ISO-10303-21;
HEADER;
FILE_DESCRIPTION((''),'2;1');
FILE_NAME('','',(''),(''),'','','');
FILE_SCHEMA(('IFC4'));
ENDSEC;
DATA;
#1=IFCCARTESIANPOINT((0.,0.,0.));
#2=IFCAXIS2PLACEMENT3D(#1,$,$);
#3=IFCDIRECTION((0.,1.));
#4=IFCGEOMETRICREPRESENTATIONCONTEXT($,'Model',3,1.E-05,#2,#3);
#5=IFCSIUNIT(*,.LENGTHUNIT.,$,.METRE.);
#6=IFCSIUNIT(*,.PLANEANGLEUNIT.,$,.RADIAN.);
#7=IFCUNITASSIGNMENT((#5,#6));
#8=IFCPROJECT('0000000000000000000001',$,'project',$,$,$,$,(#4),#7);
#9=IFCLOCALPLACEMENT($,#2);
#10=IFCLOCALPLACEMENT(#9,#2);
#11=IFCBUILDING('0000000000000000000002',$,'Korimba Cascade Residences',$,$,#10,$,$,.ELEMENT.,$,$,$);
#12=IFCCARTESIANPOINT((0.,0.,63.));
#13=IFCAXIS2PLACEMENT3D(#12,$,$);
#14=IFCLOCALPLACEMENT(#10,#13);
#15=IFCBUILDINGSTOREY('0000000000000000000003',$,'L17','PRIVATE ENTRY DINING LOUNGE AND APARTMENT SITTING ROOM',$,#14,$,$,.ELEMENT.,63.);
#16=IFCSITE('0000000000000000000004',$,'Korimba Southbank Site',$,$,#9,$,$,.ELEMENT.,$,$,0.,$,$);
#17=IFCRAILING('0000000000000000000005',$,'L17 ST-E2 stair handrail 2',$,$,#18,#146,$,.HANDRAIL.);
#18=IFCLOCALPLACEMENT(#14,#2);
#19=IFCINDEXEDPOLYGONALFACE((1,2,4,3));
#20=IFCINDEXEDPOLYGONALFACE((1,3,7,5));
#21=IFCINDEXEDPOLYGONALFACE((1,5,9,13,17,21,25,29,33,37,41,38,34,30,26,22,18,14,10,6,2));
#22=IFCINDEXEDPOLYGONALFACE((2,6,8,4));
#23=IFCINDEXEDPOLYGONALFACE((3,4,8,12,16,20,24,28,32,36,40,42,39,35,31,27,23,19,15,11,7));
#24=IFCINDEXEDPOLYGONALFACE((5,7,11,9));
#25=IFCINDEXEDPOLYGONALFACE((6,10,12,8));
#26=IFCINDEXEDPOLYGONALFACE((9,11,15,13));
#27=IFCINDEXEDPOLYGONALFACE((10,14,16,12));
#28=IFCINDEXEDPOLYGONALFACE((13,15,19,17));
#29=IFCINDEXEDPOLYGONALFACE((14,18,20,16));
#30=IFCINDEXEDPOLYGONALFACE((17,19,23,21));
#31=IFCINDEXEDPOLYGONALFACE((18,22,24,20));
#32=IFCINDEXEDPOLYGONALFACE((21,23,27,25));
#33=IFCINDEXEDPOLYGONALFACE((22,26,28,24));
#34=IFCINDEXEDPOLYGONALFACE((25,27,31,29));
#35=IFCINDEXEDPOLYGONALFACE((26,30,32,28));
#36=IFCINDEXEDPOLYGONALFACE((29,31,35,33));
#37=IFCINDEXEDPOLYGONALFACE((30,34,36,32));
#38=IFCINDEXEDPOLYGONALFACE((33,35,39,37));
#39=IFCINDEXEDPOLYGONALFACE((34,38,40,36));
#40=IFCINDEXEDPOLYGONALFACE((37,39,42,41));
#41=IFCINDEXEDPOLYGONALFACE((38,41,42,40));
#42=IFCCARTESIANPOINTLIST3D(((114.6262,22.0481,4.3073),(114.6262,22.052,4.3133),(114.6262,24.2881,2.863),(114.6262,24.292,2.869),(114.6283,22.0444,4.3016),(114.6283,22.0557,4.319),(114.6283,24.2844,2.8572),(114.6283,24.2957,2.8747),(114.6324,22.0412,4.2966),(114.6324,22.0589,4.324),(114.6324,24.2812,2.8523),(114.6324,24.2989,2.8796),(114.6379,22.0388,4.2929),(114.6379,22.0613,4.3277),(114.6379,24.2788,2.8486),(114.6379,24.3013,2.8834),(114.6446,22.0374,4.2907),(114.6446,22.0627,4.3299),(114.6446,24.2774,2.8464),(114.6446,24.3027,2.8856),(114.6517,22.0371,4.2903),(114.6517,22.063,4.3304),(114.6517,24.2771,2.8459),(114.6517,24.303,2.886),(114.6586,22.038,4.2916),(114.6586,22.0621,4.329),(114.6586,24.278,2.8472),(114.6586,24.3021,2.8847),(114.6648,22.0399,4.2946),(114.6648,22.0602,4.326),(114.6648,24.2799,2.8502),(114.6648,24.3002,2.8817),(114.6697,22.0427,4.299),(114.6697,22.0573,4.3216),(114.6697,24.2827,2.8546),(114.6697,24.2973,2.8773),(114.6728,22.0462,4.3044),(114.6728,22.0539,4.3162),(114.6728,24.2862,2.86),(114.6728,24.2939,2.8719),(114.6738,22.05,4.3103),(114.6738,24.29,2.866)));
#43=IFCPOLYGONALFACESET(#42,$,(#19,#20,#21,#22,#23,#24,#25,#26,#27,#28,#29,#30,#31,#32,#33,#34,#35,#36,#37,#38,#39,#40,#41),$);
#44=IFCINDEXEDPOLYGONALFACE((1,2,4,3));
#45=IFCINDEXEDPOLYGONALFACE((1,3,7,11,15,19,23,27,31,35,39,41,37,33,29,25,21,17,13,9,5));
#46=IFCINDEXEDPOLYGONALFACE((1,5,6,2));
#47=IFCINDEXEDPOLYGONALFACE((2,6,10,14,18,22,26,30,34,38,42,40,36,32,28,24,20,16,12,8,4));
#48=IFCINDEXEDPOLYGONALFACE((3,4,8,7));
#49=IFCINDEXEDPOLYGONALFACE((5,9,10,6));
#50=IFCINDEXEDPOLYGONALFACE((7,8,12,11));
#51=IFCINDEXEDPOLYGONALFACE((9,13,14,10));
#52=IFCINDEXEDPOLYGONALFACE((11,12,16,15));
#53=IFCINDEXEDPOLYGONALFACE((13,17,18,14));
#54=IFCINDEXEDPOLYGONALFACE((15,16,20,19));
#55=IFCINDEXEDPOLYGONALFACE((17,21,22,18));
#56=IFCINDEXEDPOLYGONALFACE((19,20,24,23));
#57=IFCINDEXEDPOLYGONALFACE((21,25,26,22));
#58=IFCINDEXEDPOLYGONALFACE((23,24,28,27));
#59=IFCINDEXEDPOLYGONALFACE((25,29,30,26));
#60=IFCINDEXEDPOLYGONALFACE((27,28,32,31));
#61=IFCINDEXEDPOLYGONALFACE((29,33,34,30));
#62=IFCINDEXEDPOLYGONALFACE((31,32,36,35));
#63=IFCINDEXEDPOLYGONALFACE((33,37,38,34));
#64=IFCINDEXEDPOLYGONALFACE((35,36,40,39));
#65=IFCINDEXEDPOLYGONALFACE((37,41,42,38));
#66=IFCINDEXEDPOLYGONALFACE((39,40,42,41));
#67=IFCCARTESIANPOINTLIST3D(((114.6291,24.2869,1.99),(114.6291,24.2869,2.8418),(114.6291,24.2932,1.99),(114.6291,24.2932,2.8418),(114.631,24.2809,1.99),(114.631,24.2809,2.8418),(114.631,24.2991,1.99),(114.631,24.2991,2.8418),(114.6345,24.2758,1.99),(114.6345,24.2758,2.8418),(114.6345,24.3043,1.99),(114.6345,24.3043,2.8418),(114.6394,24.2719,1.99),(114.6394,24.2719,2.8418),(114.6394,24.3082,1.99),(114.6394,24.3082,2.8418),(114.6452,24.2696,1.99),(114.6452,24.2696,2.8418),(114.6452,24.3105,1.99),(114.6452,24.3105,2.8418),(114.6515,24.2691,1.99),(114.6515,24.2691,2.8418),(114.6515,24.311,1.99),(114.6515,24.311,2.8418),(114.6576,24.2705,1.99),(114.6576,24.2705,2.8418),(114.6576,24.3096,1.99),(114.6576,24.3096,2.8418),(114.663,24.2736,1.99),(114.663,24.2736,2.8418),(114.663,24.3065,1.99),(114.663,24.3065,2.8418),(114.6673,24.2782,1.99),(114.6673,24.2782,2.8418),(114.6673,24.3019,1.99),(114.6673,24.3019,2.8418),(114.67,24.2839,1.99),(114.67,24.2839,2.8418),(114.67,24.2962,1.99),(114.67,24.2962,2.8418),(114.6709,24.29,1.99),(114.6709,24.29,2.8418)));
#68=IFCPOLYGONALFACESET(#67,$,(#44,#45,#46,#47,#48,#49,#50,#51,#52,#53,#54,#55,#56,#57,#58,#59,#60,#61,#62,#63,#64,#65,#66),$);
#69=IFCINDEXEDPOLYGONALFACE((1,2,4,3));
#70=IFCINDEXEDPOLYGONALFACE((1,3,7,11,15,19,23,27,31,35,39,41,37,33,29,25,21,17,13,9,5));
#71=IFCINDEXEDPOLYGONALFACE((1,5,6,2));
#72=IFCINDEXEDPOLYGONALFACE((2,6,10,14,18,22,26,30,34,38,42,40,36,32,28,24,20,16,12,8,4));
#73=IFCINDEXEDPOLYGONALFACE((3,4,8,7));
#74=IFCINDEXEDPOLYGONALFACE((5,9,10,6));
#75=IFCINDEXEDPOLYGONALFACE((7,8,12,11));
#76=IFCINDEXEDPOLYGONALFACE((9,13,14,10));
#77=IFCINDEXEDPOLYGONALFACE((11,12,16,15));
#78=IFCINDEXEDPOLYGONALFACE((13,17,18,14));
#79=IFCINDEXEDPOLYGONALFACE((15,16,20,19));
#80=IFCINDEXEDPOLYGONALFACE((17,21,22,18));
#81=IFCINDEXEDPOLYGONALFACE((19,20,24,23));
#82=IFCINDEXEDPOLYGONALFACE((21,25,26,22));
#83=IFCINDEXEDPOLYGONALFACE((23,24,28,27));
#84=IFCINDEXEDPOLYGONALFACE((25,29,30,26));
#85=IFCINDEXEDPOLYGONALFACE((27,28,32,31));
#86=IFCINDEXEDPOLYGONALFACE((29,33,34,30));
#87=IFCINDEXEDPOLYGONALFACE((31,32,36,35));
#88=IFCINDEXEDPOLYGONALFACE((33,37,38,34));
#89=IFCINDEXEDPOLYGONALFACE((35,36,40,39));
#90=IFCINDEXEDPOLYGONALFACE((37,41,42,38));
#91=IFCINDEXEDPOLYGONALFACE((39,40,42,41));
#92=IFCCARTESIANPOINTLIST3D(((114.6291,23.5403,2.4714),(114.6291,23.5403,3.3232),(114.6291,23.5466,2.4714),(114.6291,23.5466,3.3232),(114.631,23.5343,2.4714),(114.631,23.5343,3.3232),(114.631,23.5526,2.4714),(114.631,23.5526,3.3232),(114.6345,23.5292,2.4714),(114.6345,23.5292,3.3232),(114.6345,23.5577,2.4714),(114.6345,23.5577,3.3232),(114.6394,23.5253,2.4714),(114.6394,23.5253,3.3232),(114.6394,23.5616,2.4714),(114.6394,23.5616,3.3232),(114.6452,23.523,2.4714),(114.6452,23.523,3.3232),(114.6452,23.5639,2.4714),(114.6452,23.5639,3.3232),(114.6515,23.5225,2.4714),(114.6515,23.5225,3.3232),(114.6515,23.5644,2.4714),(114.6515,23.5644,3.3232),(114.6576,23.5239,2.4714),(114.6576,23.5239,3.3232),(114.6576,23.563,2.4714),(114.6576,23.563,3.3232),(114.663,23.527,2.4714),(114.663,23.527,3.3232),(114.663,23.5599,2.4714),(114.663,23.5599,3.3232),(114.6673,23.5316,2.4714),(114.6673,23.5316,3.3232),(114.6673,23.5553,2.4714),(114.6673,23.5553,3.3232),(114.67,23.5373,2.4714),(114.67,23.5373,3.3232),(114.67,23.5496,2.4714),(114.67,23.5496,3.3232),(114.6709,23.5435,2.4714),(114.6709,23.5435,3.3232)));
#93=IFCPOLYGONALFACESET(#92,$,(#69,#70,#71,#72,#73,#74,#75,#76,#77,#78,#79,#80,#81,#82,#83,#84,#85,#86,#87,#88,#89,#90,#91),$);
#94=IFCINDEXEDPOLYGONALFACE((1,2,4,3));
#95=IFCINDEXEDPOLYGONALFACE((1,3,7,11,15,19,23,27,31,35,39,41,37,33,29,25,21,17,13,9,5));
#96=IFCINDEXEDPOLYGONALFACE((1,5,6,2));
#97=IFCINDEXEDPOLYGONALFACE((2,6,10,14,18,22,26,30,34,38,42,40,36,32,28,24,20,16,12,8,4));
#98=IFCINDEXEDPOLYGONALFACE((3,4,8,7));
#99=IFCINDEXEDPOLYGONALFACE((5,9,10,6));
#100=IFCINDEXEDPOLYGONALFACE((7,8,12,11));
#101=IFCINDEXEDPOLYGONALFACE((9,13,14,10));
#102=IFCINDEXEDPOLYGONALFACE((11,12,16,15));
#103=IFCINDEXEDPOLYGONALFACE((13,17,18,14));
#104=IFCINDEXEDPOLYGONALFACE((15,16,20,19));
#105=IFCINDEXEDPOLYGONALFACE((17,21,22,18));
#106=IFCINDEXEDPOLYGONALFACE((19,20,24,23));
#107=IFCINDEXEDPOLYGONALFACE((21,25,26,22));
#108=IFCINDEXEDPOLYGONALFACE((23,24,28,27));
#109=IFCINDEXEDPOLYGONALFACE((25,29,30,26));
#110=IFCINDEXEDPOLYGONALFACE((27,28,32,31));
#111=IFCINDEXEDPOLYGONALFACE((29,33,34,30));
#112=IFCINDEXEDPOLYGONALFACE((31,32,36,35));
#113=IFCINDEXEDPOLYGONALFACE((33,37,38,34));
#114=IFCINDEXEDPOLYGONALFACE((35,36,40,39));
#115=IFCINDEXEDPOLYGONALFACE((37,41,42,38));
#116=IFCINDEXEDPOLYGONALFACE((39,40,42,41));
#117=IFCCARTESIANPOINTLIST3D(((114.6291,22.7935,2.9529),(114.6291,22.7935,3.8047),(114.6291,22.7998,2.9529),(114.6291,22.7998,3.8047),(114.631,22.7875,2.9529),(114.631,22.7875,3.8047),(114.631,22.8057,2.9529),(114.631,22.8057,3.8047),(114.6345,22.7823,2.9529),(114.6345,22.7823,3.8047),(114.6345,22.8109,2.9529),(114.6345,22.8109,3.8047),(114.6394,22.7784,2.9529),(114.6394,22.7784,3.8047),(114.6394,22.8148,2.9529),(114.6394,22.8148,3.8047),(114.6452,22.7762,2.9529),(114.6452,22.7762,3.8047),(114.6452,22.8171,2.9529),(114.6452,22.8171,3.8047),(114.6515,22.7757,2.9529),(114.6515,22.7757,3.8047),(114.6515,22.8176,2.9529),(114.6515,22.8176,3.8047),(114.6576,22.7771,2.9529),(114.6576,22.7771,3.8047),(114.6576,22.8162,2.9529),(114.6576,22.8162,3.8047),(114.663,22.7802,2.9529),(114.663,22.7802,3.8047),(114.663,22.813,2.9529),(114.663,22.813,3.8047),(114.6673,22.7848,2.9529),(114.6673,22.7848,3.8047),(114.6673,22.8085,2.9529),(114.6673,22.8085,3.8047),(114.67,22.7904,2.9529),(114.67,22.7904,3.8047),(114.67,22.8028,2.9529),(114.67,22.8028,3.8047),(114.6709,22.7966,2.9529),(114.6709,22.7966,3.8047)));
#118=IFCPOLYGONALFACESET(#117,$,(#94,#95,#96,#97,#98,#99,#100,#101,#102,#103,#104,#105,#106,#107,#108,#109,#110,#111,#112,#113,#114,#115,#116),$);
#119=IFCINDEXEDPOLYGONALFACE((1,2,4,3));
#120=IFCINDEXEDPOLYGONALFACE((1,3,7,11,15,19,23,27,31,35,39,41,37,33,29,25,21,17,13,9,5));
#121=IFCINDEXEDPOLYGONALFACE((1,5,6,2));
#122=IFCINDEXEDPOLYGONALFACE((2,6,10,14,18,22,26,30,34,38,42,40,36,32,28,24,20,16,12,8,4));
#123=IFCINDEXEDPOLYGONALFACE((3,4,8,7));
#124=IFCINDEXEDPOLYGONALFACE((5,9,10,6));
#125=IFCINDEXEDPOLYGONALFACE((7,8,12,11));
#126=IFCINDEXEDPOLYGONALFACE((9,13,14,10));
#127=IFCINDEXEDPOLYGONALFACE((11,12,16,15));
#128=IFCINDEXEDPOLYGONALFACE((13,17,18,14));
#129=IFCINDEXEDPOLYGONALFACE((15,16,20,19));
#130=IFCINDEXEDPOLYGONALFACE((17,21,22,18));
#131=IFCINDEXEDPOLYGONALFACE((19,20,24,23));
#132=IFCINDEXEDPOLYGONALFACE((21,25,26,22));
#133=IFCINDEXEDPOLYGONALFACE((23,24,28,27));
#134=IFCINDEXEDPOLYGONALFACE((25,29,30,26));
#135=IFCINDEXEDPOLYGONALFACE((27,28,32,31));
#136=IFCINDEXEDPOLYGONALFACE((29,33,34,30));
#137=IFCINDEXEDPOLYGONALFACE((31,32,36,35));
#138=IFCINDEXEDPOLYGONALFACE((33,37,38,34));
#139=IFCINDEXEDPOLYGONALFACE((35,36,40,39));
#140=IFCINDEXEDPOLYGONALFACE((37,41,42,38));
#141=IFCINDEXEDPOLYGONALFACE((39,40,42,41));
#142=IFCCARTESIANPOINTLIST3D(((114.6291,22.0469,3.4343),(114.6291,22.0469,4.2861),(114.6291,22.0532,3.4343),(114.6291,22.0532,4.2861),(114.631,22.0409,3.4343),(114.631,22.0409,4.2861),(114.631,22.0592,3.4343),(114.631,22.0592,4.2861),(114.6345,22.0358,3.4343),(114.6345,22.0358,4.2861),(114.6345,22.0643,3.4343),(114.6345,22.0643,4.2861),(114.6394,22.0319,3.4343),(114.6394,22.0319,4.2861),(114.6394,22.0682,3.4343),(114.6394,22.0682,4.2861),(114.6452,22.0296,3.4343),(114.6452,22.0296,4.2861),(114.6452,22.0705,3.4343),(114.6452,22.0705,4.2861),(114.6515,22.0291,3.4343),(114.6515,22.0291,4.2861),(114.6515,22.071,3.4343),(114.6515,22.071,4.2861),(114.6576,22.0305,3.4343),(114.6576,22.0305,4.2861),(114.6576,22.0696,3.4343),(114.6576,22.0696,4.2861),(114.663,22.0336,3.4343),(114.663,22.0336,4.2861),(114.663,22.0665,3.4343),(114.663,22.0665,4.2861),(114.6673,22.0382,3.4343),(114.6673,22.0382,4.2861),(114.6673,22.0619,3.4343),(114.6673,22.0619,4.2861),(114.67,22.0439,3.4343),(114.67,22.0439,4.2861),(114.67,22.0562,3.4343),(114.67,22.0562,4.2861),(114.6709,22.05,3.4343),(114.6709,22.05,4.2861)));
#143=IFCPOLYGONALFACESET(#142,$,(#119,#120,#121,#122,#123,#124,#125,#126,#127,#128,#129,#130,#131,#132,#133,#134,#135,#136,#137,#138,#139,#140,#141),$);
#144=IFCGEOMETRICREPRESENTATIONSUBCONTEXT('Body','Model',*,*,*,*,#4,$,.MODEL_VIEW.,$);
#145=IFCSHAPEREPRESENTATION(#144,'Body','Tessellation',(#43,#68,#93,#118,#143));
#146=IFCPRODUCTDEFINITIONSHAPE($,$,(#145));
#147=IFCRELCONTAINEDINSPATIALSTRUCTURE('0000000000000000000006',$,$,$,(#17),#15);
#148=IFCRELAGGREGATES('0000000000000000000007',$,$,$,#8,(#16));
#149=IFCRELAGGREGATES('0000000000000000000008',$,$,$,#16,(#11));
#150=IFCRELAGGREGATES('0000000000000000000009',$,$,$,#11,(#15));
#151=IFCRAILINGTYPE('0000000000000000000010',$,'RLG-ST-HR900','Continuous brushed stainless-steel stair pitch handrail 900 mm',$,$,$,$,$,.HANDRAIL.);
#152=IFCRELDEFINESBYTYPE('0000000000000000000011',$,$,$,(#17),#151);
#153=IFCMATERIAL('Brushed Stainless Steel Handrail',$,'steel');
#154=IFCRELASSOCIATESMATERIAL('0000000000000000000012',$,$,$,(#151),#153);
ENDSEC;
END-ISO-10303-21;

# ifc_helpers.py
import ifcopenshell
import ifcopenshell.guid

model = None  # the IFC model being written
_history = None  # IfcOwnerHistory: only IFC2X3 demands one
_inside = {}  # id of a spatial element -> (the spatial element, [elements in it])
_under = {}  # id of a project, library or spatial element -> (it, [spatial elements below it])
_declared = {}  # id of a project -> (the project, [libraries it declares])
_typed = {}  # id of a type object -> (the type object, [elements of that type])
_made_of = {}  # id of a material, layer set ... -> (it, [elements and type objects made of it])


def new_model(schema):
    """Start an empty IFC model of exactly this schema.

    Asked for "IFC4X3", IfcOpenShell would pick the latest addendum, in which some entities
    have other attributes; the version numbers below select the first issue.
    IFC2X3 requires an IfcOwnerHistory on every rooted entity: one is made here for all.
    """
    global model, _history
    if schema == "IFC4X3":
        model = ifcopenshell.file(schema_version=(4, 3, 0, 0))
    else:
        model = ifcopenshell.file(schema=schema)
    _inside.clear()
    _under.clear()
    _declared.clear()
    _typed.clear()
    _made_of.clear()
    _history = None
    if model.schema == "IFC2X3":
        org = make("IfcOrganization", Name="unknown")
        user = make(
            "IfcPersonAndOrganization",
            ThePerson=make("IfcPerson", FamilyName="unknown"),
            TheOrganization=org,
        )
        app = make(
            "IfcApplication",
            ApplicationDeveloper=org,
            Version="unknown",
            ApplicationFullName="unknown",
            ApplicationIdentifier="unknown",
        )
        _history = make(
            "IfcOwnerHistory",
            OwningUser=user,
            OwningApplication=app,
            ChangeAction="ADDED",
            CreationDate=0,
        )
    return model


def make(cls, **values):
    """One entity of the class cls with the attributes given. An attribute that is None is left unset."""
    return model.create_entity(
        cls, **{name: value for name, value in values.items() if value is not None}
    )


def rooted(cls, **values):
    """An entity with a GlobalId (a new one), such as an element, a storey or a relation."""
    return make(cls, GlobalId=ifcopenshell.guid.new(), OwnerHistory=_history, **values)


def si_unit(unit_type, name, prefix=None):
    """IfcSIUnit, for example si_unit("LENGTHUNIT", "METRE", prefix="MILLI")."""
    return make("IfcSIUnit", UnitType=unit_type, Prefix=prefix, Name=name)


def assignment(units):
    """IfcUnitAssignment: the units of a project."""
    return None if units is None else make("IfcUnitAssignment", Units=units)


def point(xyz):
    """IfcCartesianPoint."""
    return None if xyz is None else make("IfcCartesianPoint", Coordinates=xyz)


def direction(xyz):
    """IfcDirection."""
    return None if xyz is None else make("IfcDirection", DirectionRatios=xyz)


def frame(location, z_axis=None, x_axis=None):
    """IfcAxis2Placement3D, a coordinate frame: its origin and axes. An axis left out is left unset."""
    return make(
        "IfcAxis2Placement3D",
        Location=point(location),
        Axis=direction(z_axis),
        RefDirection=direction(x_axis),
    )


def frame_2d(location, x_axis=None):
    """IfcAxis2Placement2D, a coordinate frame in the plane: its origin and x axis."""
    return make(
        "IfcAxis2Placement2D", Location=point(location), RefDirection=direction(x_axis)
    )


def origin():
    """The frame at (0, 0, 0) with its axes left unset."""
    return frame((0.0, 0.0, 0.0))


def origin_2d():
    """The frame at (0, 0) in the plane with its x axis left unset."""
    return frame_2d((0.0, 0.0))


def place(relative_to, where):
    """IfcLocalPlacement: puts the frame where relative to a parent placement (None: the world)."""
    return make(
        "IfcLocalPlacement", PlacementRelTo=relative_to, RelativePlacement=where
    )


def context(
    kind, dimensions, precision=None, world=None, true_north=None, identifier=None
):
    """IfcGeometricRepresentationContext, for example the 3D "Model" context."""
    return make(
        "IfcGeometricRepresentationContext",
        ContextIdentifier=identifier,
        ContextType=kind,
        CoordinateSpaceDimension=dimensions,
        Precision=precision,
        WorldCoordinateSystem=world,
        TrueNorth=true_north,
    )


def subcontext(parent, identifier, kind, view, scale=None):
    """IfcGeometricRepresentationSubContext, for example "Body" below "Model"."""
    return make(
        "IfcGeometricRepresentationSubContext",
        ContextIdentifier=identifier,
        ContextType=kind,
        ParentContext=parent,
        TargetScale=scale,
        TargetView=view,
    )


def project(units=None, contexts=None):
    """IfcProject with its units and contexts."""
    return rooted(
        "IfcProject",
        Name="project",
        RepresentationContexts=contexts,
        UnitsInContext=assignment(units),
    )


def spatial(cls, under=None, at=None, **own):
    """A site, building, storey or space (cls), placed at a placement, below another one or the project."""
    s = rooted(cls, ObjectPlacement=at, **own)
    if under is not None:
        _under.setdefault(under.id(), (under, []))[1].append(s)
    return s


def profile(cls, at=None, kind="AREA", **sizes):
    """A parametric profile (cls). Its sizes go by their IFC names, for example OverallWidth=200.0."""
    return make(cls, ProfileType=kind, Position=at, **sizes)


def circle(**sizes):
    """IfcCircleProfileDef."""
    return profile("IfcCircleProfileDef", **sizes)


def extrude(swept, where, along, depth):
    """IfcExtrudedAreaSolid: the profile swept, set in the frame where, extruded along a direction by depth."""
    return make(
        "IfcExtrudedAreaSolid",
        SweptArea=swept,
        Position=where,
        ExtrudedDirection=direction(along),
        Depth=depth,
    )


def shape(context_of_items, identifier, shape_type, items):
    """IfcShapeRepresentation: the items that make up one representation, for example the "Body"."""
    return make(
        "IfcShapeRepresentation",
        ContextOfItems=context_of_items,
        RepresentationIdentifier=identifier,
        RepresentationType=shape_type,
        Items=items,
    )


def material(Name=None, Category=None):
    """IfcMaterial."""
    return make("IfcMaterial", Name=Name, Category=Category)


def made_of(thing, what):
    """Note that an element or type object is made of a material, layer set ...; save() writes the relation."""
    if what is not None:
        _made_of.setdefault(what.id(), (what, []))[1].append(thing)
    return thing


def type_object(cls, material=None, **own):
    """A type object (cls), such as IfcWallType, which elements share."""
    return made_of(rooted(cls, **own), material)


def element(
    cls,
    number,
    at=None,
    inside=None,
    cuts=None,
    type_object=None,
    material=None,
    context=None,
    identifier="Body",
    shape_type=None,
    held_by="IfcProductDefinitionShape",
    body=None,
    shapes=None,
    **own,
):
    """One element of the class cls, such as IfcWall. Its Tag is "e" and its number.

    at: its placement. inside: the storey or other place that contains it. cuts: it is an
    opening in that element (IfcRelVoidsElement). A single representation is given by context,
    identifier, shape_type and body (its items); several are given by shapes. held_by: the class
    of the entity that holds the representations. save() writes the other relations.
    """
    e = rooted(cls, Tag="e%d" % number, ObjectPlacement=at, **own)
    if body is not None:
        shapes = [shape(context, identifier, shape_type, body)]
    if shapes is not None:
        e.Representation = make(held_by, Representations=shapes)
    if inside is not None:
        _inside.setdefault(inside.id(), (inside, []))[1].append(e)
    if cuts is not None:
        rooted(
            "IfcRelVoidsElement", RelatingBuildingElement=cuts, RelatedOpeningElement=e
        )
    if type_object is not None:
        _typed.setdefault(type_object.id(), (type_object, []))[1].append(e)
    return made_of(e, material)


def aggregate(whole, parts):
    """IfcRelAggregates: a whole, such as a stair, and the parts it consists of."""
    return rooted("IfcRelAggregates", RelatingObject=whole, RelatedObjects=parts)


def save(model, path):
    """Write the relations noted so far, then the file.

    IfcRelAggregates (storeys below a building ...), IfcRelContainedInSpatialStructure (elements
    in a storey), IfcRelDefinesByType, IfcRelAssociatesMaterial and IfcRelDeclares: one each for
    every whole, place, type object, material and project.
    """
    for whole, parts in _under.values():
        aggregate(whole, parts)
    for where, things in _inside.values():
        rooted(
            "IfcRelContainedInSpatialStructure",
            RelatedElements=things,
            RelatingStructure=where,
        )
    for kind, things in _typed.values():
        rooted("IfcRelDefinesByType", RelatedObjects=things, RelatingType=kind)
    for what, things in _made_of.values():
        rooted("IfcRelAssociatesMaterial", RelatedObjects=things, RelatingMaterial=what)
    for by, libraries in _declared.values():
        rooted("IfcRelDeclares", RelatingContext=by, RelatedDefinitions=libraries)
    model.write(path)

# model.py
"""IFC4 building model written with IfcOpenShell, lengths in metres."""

from ifc_helpers import new_model, si_unit, direction, frame, origin, origin_2d, place, context, subcontext, project, spatial, circle, extrude, material, type_object, element, save


model = new_model("IFC4")

# Units and contexts
model_context = context("Model", 3, precision=1e-05, world=origin(), true_north=direction((0.0, 1.0)))
body_context = subcontext(model_context, "Body", "Model", "MODEL_VIEW")
ifc_project = project(units=[si_unit("LENGTHUNIT", "METRE"), si_unit("PLANEANGLEUNIT", "RADIAN")], contexts=[model_context])

# Site, building, storey
site_placement = place(None, origin())
site = spatial("IfcSite", under=ifc_project, at=site_placement, Name="Korimba Southbank Site", CompositionType="ELEMENT", RefElevation=0.0)
building_placement = place(site_placement, origin())
building = spatial("IfcBuilding", under=site, at=building_placement, Name="Korimba Cascade Residences", CompositionType="ELEMENT")
storey_placement = place(building_placement, frame((0.0, 0.0, 63.0)))
storey = spatial("IfcBuildingStorey", under=building, at=storey_placement, Name="L17", Description="PRIVATE ENTRY DINING LOUNGE AND APARTMENT SITTING ROOM", CompositionType="ELEMENT", Elevation=63.0)

# Railing
ifc_material_1 = material(Name="Brushed Stainless Steel Handrail", Category="steel")
railing_type_1 = type_object("IfcRailingType", Name="RLG-ST-HR900", Description="Continuous brushed stainless-steel stair pitch handrail 900 mm", PredefinedType="HANDRAIL", material=ifc_material_1)
railing_1_placement = place(storey_placement, frame((114.6499, 24.29, 1.99)))
element("IfcRailing", 1, at=railing_1_placement, inside=storey, type_object=railing_type_1, Name="L17 ST-E2 stair handrail 2", PredefinedType="HANDRAIL", context=body_context, shape_type="SweptSolid", body=[
    extrude(circle(Radius=0.0239, at=origin_2d()), frame((0.0, 0.0, 0.876), z_axis=(0.0, -0.840437, 0.54191), x_axis=(1.0, 0.0, 0.0)), (0.0, 0.0, 1.0), 2.6653),
    extrude(circle(Radius=0.021, at=origin_2d()), origin(), (0.0, 0.0, 1.0), 0.8518),
    extrude(circle(Radius=0.021, at=origin_2d()), frame((0.0, -0.7466, 0.4814)), (0.0, 0.0, 1.0), 0.8518),
    extrude(circle(Radius=0.021, at=origin_2d()), frame((0.0, -1.4934, 0.9629)), (0.0, 0.0, 1.0), 0.8518),
    extrude(circle(Radius=0.021, at=origin_2d()), frame((0.0, -2.24, 1.4443)), (0.0, 0.0, 1.0), 0.8518),
])

save(model, "model.ifc")
